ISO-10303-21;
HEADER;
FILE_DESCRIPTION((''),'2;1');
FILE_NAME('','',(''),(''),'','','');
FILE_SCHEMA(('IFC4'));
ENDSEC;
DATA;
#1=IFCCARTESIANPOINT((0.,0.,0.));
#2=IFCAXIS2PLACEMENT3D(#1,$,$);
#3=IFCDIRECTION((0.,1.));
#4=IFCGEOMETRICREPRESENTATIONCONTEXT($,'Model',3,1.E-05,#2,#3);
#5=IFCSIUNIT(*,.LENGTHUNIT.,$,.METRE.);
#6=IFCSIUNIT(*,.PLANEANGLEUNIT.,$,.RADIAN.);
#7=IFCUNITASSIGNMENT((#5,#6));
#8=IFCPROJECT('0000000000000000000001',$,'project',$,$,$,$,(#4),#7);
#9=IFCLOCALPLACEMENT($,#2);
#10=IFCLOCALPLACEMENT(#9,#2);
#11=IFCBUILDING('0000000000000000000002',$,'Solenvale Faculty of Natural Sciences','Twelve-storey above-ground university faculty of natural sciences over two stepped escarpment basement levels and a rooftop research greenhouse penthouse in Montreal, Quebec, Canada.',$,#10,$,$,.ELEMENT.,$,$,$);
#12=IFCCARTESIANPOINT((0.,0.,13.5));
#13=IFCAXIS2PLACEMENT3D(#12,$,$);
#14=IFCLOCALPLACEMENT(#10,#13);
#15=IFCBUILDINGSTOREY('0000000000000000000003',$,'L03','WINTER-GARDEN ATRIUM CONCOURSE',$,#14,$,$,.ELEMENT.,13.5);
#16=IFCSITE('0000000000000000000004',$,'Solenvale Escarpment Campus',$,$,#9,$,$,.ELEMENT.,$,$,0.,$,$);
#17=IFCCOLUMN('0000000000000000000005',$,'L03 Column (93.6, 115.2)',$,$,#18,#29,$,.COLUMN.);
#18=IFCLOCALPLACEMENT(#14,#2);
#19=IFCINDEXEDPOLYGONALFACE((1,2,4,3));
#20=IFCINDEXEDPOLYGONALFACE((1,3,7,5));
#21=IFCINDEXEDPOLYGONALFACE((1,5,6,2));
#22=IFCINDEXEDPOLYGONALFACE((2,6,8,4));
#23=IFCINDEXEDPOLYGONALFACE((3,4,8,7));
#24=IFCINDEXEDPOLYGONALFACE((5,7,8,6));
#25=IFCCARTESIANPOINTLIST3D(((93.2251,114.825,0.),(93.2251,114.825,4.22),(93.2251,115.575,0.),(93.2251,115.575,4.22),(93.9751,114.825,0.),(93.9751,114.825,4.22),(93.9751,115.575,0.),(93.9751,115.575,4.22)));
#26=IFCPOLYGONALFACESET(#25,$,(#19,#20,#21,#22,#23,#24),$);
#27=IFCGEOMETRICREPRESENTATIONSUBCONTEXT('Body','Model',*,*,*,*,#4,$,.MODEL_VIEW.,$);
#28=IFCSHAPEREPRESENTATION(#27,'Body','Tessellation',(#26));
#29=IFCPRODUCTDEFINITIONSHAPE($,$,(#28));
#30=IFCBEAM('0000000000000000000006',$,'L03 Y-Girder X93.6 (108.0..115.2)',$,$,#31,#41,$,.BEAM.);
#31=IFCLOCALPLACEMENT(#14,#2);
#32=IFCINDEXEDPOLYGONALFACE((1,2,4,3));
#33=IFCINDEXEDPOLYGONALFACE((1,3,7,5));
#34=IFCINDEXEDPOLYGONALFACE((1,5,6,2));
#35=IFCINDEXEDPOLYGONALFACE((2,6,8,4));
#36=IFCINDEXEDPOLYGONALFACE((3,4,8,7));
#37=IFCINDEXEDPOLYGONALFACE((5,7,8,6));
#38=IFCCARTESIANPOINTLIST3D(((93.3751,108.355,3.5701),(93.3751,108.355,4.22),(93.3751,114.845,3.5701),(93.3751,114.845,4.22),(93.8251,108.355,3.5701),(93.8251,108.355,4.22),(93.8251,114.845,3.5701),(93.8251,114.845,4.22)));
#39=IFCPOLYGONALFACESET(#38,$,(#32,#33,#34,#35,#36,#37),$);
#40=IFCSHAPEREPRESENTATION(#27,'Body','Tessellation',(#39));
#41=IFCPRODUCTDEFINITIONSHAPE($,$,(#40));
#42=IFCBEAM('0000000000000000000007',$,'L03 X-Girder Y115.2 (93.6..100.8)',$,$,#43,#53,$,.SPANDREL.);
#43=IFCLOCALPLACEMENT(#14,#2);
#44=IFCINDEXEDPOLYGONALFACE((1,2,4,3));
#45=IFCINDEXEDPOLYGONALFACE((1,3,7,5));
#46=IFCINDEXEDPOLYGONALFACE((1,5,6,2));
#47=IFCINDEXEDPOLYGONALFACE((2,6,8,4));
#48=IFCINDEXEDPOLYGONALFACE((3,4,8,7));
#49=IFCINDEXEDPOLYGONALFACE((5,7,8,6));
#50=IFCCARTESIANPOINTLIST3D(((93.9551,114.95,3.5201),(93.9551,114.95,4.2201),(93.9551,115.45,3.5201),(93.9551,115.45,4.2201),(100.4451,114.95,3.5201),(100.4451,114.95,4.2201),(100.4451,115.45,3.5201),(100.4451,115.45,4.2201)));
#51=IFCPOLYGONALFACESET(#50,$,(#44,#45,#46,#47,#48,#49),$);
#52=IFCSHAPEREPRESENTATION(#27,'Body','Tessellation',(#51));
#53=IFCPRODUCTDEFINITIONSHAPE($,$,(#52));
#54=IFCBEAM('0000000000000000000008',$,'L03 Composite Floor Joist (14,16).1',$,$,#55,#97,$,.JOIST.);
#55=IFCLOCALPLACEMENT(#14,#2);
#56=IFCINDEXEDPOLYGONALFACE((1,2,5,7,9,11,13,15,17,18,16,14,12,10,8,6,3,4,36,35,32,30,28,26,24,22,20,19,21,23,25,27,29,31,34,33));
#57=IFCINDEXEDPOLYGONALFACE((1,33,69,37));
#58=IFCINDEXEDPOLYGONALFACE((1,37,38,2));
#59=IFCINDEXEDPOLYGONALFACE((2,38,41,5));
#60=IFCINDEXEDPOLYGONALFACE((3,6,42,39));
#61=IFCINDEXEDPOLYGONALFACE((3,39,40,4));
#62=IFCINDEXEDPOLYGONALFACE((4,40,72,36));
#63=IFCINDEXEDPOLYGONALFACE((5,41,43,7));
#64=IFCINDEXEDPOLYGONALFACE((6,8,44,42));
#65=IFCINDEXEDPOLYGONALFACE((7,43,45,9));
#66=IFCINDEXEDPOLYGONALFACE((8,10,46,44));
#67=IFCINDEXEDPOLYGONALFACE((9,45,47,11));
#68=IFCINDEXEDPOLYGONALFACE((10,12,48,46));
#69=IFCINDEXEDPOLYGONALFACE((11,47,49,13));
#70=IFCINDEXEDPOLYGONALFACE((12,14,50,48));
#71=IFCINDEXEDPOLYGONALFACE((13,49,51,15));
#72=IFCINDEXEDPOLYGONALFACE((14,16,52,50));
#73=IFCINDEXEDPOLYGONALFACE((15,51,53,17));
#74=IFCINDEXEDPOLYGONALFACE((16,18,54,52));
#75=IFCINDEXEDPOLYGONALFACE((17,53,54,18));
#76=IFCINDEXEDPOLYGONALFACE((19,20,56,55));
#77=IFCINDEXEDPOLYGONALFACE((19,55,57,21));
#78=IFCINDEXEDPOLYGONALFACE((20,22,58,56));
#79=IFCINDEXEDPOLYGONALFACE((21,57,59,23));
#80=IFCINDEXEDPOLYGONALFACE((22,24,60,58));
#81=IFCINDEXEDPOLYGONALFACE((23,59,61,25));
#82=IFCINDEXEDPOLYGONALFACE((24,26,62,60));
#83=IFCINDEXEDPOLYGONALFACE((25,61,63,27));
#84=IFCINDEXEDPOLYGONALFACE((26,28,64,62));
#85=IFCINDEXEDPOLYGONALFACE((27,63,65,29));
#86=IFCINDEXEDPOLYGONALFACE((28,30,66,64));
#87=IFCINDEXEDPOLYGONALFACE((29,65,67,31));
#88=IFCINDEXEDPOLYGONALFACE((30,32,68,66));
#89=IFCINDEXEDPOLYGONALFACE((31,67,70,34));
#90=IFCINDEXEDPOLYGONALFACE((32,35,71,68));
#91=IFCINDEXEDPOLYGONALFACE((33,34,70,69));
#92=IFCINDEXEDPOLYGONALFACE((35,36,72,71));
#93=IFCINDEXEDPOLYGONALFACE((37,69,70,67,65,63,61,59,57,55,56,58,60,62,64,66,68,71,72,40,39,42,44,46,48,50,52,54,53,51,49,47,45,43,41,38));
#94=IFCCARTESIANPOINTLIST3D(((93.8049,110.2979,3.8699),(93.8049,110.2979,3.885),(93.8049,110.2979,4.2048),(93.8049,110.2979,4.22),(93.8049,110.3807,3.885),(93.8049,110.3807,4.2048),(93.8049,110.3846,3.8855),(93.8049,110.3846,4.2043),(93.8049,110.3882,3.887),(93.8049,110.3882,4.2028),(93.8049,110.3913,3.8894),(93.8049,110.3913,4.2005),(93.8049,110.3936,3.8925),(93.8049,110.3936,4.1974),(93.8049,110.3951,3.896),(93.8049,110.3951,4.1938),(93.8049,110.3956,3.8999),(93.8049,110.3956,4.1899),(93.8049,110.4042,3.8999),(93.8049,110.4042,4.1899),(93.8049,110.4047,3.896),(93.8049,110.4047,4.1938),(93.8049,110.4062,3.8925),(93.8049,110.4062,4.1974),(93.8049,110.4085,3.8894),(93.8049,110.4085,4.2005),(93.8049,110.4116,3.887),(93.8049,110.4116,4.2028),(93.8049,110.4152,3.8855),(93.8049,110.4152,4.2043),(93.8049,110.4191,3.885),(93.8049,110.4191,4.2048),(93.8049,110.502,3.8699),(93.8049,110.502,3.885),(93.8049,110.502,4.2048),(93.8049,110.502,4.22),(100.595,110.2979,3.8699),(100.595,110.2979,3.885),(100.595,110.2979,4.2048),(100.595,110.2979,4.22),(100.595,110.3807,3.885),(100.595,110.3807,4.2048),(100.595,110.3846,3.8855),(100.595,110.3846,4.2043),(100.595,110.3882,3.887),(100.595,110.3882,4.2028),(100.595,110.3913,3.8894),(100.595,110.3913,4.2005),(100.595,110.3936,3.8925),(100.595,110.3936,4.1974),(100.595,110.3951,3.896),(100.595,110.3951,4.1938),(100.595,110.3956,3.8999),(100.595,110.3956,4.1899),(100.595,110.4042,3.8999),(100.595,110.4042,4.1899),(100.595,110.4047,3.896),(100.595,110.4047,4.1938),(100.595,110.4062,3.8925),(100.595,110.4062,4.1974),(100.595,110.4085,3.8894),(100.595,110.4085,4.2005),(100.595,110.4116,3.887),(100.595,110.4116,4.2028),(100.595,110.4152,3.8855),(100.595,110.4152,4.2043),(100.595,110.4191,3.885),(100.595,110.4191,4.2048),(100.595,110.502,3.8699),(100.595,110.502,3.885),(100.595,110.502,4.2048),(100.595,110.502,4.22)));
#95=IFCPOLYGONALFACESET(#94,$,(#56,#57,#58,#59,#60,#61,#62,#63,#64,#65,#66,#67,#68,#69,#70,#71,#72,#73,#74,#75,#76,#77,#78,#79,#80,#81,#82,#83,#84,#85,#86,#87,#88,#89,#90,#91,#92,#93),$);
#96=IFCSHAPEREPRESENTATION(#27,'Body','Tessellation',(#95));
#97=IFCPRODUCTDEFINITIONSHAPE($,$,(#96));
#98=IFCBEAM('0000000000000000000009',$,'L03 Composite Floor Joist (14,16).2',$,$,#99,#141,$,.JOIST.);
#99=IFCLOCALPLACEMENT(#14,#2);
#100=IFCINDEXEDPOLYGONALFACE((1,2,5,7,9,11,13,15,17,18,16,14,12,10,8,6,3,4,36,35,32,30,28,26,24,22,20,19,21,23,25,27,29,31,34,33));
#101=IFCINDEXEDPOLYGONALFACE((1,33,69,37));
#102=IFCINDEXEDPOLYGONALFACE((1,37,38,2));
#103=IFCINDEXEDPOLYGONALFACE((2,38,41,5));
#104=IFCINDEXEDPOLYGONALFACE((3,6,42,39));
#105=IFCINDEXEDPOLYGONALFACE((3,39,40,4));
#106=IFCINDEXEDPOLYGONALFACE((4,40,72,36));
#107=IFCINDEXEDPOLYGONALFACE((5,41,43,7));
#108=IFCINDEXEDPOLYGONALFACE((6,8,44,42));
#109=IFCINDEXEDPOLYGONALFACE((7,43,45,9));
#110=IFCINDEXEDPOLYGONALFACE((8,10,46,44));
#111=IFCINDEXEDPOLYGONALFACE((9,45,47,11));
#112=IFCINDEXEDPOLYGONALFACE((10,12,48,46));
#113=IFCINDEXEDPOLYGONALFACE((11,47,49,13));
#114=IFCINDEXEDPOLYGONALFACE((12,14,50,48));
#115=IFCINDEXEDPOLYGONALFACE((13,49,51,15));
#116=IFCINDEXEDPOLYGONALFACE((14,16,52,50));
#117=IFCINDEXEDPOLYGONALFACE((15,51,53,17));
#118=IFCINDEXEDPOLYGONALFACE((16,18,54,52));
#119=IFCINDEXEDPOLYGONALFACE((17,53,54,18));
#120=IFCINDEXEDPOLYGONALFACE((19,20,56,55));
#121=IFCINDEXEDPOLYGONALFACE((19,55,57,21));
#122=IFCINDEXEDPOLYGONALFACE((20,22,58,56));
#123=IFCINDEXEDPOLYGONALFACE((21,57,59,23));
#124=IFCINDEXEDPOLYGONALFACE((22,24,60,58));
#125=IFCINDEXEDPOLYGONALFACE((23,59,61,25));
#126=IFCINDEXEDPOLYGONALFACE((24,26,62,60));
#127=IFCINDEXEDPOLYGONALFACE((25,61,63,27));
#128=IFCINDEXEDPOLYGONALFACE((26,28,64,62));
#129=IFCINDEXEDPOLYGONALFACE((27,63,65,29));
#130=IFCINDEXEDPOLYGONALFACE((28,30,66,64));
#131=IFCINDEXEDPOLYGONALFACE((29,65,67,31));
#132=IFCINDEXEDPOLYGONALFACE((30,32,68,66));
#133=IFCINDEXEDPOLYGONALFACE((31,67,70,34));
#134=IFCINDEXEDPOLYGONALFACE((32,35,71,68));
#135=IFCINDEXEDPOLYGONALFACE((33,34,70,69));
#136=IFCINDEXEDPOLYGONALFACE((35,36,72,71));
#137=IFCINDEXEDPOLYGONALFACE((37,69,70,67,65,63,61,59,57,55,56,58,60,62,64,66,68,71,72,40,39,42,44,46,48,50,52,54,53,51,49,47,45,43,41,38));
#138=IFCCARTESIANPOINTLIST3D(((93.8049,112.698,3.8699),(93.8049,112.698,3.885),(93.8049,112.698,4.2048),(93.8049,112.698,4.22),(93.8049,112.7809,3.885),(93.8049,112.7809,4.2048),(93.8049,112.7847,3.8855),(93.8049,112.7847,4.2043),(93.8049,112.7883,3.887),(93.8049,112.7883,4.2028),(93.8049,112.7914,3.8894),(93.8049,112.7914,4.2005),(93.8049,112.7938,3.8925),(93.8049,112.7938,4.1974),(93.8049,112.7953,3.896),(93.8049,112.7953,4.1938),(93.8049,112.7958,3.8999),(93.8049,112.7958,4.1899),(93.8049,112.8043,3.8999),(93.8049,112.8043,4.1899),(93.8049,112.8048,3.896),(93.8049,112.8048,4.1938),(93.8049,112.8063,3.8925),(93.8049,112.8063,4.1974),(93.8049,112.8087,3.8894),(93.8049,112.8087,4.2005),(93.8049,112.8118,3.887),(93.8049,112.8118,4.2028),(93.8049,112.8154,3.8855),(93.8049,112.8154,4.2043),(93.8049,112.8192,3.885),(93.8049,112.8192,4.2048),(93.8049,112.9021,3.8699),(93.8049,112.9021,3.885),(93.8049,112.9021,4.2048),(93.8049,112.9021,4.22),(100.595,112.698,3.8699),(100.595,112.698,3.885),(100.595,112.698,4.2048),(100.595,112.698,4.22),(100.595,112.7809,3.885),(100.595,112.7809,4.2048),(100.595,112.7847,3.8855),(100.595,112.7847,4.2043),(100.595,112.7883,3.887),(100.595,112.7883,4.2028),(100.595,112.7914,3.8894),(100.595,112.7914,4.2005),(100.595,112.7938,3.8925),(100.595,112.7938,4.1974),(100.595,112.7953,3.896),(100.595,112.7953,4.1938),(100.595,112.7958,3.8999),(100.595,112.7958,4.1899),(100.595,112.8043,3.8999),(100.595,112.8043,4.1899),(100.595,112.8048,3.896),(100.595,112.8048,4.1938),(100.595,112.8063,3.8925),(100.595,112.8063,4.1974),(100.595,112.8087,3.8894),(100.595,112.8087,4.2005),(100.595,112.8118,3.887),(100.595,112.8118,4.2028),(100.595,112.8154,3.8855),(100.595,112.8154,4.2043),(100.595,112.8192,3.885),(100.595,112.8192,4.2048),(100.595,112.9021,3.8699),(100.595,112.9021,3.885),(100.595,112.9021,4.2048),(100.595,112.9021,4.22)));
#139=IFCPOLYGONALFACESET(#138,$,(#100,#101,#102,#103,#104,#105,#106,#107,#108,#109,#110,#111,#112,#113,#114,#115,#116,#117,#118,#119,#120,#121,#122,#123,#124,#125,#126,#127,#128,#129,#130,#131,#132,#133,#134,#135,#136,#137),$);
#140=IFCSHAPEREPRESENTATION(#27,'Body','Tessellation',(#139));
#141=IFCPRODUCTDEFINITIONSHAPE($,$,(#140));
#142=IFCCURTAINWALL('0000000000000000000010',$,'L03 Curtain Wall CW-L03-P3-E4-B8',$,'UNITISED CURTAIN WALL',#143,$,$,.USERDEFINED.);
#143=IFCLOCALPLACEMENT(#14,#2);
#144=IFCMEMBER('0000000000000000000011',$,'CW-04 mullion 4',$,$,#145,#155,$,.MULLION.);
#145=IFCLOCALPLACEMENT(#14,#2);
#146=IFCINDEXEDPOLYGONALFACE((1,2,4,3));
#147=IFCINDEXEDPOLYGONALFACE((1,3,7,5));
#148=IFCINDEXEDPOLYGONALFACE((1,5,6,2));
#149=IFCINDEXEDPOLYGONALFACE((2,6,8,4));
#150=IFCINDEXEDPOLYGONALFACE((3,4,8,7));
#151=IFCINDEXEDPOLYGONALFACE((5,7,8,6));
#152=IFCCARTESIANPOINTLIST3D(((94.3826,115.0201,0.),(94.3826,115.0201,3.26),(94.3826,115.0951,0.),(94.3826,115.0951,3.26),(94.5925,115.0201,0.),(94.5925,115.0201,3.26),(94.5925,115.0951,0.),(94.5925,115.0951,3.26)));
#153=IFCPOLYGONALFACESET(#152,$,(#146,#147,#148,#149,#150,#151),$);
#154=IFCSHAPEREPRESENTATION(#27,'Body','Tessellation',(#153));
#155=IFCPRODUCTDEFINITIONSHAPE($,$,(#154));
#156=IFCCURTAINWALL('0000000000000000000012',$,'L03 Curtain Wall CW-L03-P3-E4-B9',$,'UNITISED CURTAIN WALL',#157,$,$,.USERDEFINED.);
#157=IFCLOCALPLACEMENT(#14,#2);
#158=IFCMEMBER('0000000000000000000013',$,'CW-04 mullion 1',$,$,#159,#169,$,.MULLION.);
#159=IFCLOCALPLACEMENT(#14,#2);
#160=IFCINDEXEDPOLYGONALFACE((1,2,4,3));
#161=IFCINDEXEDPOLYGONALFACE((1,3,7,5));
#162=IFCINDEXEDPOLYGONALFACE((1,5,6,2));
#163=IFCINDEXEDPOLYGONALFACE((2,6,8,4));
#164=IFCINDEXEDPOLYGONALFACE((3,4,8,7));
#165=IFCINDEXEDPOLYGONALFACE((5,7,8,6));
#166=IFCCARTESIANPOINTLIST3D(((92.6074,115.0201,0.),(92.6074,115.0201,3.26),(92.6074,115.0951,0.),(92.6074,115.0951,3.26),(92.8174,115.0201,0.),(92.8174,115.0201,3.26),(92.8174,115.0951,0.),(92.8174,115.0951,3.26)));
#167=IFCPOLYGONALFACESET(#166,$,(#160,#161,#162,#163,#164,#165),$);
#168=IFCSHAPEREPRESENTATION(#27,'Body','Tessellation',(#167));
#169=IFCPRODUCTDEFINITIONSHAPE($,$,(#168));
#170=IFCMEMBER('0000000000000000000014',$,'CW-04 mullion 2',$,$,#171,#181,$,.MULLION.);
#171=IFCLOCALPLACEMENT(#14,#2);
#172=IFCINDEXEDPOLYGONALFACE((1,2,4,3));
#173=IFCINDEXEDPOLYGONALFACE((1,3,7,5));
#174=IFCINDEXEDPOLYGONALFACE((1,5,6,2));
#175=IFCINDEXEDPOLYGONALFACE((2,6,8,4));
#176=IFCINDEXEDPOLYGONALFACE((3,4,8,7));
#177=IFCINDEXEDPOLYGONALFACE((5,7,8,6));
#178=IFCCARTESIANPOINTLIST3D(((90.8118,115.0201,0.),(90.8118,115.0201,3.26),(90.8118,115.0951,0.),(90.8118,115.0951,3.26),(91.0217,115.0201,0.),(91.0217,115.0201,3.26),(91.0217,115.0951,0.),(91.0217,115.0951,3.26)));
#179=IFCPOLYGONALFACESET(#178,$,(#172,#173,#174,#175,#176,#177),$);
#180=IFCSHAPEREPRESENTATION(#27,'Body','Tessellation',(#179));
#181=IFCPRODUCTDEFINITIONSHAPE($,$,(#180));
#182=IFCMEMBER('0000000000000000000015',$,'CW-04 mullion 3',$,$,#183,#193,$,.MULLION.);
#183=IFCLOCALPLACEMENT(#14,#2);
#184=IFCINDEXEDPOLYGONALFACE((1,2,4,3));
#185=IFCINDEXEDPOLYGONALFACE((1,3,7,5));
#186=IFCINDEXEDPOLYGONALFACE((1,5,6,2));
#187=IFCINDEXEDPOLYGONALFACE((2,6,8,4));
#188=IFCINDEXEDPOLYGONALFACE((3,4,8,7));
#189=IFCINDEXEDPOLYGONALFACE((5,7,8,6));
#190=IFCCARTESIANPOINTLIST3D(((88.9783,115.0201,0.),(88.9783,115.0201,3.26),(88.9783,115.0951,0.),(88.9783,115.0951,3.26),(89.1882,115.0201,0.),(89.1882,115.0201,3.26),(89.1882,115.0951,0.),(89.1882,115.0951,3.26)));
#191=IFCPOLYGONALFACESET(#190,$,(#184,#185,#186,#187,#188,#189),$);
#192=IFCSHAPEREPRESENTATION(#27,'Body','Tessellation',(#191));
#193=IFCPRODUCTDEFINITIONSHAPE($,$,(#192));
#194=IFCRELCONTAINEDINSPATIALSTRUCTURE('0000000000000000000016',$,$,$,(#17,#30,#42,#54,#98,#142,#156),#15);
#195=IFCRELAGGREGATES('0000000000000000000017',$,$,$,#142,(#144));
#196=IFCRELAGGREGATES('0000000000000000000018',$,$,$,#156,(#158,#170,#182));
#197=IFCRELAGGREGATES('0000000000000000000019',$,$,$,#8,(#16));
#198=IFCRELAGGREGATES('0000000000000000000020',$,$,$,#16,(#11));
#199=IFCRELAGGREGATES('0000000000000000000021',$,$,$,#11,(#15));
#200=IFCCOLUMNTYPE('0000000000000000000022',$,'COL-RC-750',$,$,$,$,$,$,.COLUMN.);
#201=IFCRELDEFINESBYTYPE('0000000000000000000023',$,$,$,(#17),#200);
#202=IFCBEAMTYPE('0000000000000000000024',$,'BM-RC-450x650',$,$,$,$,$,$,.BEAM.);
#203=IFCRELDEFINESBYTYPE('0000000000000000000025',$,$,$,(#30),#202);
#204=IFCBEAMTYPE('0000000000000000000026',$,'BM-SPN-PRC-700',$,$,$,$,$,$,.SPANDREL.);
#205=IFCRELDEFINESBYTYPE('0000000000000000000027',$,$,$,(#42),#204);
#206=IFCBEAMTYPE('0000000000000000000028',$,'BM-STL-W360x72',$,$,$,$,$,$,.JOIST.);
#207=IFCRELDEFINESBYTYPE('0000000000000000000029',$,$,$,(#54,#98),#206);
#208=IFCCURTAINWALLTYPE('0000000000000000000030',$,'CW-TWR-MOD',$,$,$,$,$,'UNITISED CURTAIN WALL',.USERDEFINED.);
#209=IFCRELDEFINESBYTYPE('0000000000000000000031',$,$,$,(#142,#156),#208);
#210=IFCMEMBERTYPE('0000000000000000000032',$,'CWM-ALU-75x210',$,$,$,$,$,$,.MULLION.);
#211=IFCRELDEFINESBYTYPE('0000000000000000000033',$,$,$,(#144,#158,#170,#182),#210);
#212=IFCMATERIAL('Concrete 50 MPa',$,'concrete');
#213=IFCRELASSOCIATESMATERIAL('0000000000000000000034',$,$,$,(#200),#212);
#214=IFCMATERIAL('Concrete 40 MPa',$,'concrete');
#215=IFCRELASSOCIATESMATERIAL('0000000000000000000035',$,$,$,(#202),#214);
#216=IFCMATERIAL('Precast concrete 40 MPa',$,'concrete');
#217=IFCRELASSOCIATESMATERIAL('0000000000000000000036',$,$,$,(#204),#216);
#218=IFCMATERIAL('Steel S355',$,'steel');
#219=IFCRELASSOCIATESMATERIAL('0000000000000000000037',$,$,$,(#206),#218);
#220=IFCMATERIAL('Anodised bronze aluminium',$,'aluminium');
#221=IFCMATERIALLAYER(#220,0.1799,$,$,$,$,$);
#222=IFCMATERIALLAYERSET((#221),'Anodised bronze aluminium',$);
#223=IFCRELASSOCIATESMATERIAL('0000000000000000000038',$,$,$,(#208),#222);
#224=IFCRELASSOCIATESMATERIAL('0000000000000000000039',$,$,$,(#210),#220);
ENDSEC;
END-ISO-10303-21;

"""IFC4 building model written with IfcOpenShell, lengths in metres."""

from ifc_helpers import new_model, si_unit, direction, frame, origin, origin_2d, place, context, subcontext, project, spatial, rectangle, i_section, extrude, material, layer, layer_set, material_profile, profile_set, type_object, element, aggregate, save


model = new_model("IFC4")

# Units and contexts
model_context = context("Model", 3, precision=1e-05, world=origin(), true_north=direction((0.0, 1.0)))
body_context = subcontext(model_context, "Body", "Model", "MODEL_VIEW")
ifc_project = project(units=[si_unit("LENGTHUNIT", "METRE"), si_unit("PLANEANGLEUNIT", "RADIAN")], contexts=[model_context])

# Site, building, storey
site_placement = place(None, origin())
site = spatial("IfcSite", under=ifc_project, at=site_placement, Name="Solenvale Escarpment Campus", CompositionType="ELEMENT", RefElevation=0.0)
building_placement = place(site_placement, origin())
building = spatial("IfcBuilding", under=site, at=building_placement, Name="Solenvale Faculty of Natural Sciences", Description="Twelve-storey above-ground university faculty of natural sciences over two stepped escarpment basement levels and a rooftop research greenhouse penthouse in Montreal, Quebec, Canada.", CompositionType="ELEMENT")
storey_placement = place(building_placement, frame((0.0, 0.0, 13.5)))
storey = spatial("IfcBuildingStorey", under=building, at=storey_placement, Name="L03", Description="WINTER-GARDEN ATRIUM CONCOURSE", CompositionType="ELEMENT", Elevation=13.5)

# Column
ifc_material_1 = material(Name="Concrete 50 MPa", Category="concrete")
ifc_material_profile_1 = material_profile(ifc_material_1, rectangle(XDim=0.75, YDim=0.75, at=origin_2d()), Name="RC-COL-750x750")
ifc_profile_set_1 = profile_set([ifc_material_profile_1], Name="Concrete 50 MPa")
column_type = type_object("IfcColumnType", Name="COL-RC-750", PredefinedType="COLUMN", material=ifc_profile_set_1)
column_placement = place(storey_placement, frame((93.6001, 115.2, 0.0), z_axis=(0.0, 0.0, 1.0), x_axis=(1.0, 0.0, 0.0)))
element("IfcColumn", 1, at=column_placement, inside=storey, type_object=column_type, Name="L03 Column (93.6, 115.2)", PredefinedType="COLUMN", context=body_context, shape_type="SweptSolid", body=[
    extrude(rectangle(XDim=0.75, YDim=0.75, at=origin_2d()), origin(), (0.0, 0.0, 1.0), 4.22),
])

# Beams
ifc_material_2 = material(Name="Concrete 40 MPa", Category="concrete")
ifc_material_profile_2 = material_profile(ifc_material_2, rectangle(XDim=0.45, YDim=0.6499, at=origin_2d()), Name="RC-BM-450x650")
ifc_profile_set_2 = profile_set([ifc_material_profile_2], Name="Concrete 40 MPa")
beam_type_1 = type_object("IfcBeamType", Name="BM-RC-450x650", PredefinedType="BEAM", material=ifc_profile_set_2)
beam_1_placement = place(storey_placement, frame((93.6001, 108.355, 3.895), z_axis=(0.0, 1.0, 0.0), x_axis=(-1.0, 0.0, 0.0)))
element("IfcBeam", 2, at=beam_1_placement, inside=storey, type_object=beam_type_1, Name="L03 Y-Girder X93.6 (108.0..115.2)", PredefinedType="BEAM", context=body_context, shape_type="SweptSolid", body=[
    extrude(rectangle(XDim=0.45, YDim=0.6499, at=origin_2d()), origin(), (0.0, 0.0, 1.0), 6.49),
])
ifc_material_3 = material(Name="Precast concrete 40 MPa", Category="concrete")
ifc_material_profile_3 = material_profile(ifc_material_3, rectangle(XDim=0.5, YDim=0.7, at=origin_2d()), Name="RC-BM-500x700")
ifc_profile_set_3 = profile_set([ifc_material_profile_3], Name="Precast concrete 40 MPa")
beam_type_2 = type_object("IfcBeamType", Name="BM-SPN-PRC-700", PredefinedType="SPANDREL", material=ifc_profile_set_3)
beam_2_placement = place(storey_placement, frame((93.9551, 115.2, 3.8701), z_axis=(1.0, 0.0, 0.0), x_axis=(0.0, 1.0, 0.0)))
element("IfcBeam", 3, at=beam_2_placement, inside=storey, type_object=beam_type_2, Name="L03 X-Girder Y115.2 (93.6..100.8)", PredefinedType="SPANDREL", context=body_context, shape_type="SweptSolid", body=[
    extrude(rectangle(XDim=0.5, YDim=0.7, at=origin_2d()), origin(), (0.0, 0.0, 1.0), 6.49),
])
ifc_material_4 = material(Name="Steel S355", Category="steel")
ifc_material_profile_4 = material_profile(ifc_material_4, i_section(OverallWidth=0.2041, OverallDepth=0.3501, WebThickness=0.0085, FlangeThickness=0.0151, FilletRadius=0.0149, at=origin_2d()), Name="W360x72")
ifc_profile_set_4 = profile_set([ifc_material_profile_4], Name="Steel S355")
beam_type_3 = type_object("IfcBeamType", Name="BM-STL-W360x72", PredefinedType="JOIST", material=ifc_profile_set_4)
for number, where, z_axis, x_axis, name in (
    (4, (93.8049, 110.3999, 4.0449), (1.0, 0.0, 0.0), (0.0, 1.0, 0.0), "L03 Composite Floor Joist (14,16).1"),
    (5, (93.8049, 112.8, 4.0449), (1.0, 0.0, 0.0), (0.0, 1.0, 0.0), "L03 Composite Floor Joist (14,16).2"),
):
    element("IfcBeam", number, at=place(storey_placement, frame(where, z_axis=z_axis, x_axis=x_axis)), inside=storey, type_object=beam_type_3, Name=name, PredefinedType="JOIST", context=body_context, shape_type="SweptSolid", body=[
        extrude(i_section(OverallWidth=0.2041, OverallDepth=0.3501, WebThickness=0.0085, FlangeThickness=0.0151, FilletRadius=0.0149, at=origin_2d()), origin(), (0.0, 0.0, 1.0), 6.79),
    ])

# Curtain wall, member
ifc_material_5 = material(Name="Anodised bronze aluminium", Category="aluminium")
ifc_layer_1 = layer(ifc_material_5, 0.1799)
ifc_layer_set_1 = layer_set([ifc_layer_1], Name="Anodised bronze aluminium")
curtain_wall_type = type_object("IfcCurtainWallType", Name="CW-TWR-MOD", ElementType="UNITISED CURTAIN WALL", PredefinedType="USERDEFINED", material=ifc_layer_set_1)
curtain_wall_1_placement = place(storey_placement, origin())
curtain_wall_1 = element("IfcCurtainWall", 6, at=curtain_wall_1_placement, inside=storey, type_object=curtain_wall_type, Name="L03 Curtain Wall CW-L03-P3-E4-B8", ObjectType="UNITISED CURTAIN WALL", PredefinedType="USERDEFINED")
ifc_material_profile_5 = material_profile(ifc_material_5, rectangle(XDim=0.075, YDim=0.21, at=origin_2d()), Name="ALU-MUL-75x210")
ifc_profile_set_5 = profile_set([ifc_material_profile_5], Name="Anodised bronze aluminium")
member_type_1 = type_object("IfcMemberType", Name="CWM-ALU-75x210", PredefinedType="MULLION", material=ifc_profile_set_5)
member_1_placement = place(storey_placement, frame((94.4875, 115.0576, 0.0), z_axis=(0.0, 0.0, 1.0), x_axis=(0.0, -1.0, 0.0)))
member_1 = element("IfcMember", 7, at=member_1_placement, type_object=member_type_1, Name="CW-04 mullion 4", PredefinedType="MULLION", context=body_context, shape_type="SweptSolid", body=[
    extrude(rectangle(XDim=0.075, YDim=0.21, at=origin_2d()), origin(), (0.0, 0.0, 1.0), 3.26),
])
aggregate(curtain_wall_1, [member_1])

# Curtain wall, members
curtain_wall_2_placement = place(storey_placement, origin())
curtain_wall_2 = element("IfcCurtainWall", 8, at=curtain_wall_2_placement, inside=storey, type_object=curtain_wall_type, Name="L03 Curtain Wall CW-L03-P3-E4-B9", ObjectType="UNITISED CURTAIN WALL", PredefinedType="USERDEFINED")
member_2_placement = place(storey_placement, frame((92.7124, 115.0576, 0.0), z_axis=(0.0, 0.0, 1.0), x_axis=(0.0, -1.0, 0.0)))
member_2 = element("IfcMember", 9, at=member_2_placement, type_object=member_type_1, Name="CW-04 mullion 1", PredefinedType="MULLION", context=body_context, shape_type="SweptSolid", body=[
    extrude(rectangle(XDim=0.075, YDim=0.21, at=origin_2d()), origin(), (0.0, 0.0, 1.0), 3.26),
])
member_3_placement = place(storey_placement, frame((90.9167, 115.0576, 0.0), z_axis=(0.0, 0.0, 1.0), x_axis=(0.0, -1.0, 0.0)))
member_3 = element("IfcMember", 10, at=member_3_placement, type_object=member_type_1, Name="CW-04 mullion 2", PredefinedType="MULLION", context=body_context, shape_type="SweptSolid", body=[
    extrude(rectangle(XDim=0.075, YDim=0.21, at=origin_2d()), origin(), (0.0, 0.0, 1.0), 3.26),
])
member_4_placement = place(storey_placement, frame((89.0833, 115.0576, 0.0), z_axis=(0.0, 0.0, 1.0), x_axis=(0.0, -1.0, 0.0)))
member_4 = element("IfcMember", 11, at=member_4_placement, type_object=member_type_1, Name="CW-04 mullion 3", PredefinedType="MULLION", context=body_context, shape_type="SweptSolid", body=[
    extrude(rectangle(XDim=0.075, YDim=0.21, at=origin_2d()), origin(), (0.0, 0.0, 1.0), 3.26),
])
aggregate(curtain_wall_2, [member_2, member_3, member_4])

save(model, "model.ifc")
